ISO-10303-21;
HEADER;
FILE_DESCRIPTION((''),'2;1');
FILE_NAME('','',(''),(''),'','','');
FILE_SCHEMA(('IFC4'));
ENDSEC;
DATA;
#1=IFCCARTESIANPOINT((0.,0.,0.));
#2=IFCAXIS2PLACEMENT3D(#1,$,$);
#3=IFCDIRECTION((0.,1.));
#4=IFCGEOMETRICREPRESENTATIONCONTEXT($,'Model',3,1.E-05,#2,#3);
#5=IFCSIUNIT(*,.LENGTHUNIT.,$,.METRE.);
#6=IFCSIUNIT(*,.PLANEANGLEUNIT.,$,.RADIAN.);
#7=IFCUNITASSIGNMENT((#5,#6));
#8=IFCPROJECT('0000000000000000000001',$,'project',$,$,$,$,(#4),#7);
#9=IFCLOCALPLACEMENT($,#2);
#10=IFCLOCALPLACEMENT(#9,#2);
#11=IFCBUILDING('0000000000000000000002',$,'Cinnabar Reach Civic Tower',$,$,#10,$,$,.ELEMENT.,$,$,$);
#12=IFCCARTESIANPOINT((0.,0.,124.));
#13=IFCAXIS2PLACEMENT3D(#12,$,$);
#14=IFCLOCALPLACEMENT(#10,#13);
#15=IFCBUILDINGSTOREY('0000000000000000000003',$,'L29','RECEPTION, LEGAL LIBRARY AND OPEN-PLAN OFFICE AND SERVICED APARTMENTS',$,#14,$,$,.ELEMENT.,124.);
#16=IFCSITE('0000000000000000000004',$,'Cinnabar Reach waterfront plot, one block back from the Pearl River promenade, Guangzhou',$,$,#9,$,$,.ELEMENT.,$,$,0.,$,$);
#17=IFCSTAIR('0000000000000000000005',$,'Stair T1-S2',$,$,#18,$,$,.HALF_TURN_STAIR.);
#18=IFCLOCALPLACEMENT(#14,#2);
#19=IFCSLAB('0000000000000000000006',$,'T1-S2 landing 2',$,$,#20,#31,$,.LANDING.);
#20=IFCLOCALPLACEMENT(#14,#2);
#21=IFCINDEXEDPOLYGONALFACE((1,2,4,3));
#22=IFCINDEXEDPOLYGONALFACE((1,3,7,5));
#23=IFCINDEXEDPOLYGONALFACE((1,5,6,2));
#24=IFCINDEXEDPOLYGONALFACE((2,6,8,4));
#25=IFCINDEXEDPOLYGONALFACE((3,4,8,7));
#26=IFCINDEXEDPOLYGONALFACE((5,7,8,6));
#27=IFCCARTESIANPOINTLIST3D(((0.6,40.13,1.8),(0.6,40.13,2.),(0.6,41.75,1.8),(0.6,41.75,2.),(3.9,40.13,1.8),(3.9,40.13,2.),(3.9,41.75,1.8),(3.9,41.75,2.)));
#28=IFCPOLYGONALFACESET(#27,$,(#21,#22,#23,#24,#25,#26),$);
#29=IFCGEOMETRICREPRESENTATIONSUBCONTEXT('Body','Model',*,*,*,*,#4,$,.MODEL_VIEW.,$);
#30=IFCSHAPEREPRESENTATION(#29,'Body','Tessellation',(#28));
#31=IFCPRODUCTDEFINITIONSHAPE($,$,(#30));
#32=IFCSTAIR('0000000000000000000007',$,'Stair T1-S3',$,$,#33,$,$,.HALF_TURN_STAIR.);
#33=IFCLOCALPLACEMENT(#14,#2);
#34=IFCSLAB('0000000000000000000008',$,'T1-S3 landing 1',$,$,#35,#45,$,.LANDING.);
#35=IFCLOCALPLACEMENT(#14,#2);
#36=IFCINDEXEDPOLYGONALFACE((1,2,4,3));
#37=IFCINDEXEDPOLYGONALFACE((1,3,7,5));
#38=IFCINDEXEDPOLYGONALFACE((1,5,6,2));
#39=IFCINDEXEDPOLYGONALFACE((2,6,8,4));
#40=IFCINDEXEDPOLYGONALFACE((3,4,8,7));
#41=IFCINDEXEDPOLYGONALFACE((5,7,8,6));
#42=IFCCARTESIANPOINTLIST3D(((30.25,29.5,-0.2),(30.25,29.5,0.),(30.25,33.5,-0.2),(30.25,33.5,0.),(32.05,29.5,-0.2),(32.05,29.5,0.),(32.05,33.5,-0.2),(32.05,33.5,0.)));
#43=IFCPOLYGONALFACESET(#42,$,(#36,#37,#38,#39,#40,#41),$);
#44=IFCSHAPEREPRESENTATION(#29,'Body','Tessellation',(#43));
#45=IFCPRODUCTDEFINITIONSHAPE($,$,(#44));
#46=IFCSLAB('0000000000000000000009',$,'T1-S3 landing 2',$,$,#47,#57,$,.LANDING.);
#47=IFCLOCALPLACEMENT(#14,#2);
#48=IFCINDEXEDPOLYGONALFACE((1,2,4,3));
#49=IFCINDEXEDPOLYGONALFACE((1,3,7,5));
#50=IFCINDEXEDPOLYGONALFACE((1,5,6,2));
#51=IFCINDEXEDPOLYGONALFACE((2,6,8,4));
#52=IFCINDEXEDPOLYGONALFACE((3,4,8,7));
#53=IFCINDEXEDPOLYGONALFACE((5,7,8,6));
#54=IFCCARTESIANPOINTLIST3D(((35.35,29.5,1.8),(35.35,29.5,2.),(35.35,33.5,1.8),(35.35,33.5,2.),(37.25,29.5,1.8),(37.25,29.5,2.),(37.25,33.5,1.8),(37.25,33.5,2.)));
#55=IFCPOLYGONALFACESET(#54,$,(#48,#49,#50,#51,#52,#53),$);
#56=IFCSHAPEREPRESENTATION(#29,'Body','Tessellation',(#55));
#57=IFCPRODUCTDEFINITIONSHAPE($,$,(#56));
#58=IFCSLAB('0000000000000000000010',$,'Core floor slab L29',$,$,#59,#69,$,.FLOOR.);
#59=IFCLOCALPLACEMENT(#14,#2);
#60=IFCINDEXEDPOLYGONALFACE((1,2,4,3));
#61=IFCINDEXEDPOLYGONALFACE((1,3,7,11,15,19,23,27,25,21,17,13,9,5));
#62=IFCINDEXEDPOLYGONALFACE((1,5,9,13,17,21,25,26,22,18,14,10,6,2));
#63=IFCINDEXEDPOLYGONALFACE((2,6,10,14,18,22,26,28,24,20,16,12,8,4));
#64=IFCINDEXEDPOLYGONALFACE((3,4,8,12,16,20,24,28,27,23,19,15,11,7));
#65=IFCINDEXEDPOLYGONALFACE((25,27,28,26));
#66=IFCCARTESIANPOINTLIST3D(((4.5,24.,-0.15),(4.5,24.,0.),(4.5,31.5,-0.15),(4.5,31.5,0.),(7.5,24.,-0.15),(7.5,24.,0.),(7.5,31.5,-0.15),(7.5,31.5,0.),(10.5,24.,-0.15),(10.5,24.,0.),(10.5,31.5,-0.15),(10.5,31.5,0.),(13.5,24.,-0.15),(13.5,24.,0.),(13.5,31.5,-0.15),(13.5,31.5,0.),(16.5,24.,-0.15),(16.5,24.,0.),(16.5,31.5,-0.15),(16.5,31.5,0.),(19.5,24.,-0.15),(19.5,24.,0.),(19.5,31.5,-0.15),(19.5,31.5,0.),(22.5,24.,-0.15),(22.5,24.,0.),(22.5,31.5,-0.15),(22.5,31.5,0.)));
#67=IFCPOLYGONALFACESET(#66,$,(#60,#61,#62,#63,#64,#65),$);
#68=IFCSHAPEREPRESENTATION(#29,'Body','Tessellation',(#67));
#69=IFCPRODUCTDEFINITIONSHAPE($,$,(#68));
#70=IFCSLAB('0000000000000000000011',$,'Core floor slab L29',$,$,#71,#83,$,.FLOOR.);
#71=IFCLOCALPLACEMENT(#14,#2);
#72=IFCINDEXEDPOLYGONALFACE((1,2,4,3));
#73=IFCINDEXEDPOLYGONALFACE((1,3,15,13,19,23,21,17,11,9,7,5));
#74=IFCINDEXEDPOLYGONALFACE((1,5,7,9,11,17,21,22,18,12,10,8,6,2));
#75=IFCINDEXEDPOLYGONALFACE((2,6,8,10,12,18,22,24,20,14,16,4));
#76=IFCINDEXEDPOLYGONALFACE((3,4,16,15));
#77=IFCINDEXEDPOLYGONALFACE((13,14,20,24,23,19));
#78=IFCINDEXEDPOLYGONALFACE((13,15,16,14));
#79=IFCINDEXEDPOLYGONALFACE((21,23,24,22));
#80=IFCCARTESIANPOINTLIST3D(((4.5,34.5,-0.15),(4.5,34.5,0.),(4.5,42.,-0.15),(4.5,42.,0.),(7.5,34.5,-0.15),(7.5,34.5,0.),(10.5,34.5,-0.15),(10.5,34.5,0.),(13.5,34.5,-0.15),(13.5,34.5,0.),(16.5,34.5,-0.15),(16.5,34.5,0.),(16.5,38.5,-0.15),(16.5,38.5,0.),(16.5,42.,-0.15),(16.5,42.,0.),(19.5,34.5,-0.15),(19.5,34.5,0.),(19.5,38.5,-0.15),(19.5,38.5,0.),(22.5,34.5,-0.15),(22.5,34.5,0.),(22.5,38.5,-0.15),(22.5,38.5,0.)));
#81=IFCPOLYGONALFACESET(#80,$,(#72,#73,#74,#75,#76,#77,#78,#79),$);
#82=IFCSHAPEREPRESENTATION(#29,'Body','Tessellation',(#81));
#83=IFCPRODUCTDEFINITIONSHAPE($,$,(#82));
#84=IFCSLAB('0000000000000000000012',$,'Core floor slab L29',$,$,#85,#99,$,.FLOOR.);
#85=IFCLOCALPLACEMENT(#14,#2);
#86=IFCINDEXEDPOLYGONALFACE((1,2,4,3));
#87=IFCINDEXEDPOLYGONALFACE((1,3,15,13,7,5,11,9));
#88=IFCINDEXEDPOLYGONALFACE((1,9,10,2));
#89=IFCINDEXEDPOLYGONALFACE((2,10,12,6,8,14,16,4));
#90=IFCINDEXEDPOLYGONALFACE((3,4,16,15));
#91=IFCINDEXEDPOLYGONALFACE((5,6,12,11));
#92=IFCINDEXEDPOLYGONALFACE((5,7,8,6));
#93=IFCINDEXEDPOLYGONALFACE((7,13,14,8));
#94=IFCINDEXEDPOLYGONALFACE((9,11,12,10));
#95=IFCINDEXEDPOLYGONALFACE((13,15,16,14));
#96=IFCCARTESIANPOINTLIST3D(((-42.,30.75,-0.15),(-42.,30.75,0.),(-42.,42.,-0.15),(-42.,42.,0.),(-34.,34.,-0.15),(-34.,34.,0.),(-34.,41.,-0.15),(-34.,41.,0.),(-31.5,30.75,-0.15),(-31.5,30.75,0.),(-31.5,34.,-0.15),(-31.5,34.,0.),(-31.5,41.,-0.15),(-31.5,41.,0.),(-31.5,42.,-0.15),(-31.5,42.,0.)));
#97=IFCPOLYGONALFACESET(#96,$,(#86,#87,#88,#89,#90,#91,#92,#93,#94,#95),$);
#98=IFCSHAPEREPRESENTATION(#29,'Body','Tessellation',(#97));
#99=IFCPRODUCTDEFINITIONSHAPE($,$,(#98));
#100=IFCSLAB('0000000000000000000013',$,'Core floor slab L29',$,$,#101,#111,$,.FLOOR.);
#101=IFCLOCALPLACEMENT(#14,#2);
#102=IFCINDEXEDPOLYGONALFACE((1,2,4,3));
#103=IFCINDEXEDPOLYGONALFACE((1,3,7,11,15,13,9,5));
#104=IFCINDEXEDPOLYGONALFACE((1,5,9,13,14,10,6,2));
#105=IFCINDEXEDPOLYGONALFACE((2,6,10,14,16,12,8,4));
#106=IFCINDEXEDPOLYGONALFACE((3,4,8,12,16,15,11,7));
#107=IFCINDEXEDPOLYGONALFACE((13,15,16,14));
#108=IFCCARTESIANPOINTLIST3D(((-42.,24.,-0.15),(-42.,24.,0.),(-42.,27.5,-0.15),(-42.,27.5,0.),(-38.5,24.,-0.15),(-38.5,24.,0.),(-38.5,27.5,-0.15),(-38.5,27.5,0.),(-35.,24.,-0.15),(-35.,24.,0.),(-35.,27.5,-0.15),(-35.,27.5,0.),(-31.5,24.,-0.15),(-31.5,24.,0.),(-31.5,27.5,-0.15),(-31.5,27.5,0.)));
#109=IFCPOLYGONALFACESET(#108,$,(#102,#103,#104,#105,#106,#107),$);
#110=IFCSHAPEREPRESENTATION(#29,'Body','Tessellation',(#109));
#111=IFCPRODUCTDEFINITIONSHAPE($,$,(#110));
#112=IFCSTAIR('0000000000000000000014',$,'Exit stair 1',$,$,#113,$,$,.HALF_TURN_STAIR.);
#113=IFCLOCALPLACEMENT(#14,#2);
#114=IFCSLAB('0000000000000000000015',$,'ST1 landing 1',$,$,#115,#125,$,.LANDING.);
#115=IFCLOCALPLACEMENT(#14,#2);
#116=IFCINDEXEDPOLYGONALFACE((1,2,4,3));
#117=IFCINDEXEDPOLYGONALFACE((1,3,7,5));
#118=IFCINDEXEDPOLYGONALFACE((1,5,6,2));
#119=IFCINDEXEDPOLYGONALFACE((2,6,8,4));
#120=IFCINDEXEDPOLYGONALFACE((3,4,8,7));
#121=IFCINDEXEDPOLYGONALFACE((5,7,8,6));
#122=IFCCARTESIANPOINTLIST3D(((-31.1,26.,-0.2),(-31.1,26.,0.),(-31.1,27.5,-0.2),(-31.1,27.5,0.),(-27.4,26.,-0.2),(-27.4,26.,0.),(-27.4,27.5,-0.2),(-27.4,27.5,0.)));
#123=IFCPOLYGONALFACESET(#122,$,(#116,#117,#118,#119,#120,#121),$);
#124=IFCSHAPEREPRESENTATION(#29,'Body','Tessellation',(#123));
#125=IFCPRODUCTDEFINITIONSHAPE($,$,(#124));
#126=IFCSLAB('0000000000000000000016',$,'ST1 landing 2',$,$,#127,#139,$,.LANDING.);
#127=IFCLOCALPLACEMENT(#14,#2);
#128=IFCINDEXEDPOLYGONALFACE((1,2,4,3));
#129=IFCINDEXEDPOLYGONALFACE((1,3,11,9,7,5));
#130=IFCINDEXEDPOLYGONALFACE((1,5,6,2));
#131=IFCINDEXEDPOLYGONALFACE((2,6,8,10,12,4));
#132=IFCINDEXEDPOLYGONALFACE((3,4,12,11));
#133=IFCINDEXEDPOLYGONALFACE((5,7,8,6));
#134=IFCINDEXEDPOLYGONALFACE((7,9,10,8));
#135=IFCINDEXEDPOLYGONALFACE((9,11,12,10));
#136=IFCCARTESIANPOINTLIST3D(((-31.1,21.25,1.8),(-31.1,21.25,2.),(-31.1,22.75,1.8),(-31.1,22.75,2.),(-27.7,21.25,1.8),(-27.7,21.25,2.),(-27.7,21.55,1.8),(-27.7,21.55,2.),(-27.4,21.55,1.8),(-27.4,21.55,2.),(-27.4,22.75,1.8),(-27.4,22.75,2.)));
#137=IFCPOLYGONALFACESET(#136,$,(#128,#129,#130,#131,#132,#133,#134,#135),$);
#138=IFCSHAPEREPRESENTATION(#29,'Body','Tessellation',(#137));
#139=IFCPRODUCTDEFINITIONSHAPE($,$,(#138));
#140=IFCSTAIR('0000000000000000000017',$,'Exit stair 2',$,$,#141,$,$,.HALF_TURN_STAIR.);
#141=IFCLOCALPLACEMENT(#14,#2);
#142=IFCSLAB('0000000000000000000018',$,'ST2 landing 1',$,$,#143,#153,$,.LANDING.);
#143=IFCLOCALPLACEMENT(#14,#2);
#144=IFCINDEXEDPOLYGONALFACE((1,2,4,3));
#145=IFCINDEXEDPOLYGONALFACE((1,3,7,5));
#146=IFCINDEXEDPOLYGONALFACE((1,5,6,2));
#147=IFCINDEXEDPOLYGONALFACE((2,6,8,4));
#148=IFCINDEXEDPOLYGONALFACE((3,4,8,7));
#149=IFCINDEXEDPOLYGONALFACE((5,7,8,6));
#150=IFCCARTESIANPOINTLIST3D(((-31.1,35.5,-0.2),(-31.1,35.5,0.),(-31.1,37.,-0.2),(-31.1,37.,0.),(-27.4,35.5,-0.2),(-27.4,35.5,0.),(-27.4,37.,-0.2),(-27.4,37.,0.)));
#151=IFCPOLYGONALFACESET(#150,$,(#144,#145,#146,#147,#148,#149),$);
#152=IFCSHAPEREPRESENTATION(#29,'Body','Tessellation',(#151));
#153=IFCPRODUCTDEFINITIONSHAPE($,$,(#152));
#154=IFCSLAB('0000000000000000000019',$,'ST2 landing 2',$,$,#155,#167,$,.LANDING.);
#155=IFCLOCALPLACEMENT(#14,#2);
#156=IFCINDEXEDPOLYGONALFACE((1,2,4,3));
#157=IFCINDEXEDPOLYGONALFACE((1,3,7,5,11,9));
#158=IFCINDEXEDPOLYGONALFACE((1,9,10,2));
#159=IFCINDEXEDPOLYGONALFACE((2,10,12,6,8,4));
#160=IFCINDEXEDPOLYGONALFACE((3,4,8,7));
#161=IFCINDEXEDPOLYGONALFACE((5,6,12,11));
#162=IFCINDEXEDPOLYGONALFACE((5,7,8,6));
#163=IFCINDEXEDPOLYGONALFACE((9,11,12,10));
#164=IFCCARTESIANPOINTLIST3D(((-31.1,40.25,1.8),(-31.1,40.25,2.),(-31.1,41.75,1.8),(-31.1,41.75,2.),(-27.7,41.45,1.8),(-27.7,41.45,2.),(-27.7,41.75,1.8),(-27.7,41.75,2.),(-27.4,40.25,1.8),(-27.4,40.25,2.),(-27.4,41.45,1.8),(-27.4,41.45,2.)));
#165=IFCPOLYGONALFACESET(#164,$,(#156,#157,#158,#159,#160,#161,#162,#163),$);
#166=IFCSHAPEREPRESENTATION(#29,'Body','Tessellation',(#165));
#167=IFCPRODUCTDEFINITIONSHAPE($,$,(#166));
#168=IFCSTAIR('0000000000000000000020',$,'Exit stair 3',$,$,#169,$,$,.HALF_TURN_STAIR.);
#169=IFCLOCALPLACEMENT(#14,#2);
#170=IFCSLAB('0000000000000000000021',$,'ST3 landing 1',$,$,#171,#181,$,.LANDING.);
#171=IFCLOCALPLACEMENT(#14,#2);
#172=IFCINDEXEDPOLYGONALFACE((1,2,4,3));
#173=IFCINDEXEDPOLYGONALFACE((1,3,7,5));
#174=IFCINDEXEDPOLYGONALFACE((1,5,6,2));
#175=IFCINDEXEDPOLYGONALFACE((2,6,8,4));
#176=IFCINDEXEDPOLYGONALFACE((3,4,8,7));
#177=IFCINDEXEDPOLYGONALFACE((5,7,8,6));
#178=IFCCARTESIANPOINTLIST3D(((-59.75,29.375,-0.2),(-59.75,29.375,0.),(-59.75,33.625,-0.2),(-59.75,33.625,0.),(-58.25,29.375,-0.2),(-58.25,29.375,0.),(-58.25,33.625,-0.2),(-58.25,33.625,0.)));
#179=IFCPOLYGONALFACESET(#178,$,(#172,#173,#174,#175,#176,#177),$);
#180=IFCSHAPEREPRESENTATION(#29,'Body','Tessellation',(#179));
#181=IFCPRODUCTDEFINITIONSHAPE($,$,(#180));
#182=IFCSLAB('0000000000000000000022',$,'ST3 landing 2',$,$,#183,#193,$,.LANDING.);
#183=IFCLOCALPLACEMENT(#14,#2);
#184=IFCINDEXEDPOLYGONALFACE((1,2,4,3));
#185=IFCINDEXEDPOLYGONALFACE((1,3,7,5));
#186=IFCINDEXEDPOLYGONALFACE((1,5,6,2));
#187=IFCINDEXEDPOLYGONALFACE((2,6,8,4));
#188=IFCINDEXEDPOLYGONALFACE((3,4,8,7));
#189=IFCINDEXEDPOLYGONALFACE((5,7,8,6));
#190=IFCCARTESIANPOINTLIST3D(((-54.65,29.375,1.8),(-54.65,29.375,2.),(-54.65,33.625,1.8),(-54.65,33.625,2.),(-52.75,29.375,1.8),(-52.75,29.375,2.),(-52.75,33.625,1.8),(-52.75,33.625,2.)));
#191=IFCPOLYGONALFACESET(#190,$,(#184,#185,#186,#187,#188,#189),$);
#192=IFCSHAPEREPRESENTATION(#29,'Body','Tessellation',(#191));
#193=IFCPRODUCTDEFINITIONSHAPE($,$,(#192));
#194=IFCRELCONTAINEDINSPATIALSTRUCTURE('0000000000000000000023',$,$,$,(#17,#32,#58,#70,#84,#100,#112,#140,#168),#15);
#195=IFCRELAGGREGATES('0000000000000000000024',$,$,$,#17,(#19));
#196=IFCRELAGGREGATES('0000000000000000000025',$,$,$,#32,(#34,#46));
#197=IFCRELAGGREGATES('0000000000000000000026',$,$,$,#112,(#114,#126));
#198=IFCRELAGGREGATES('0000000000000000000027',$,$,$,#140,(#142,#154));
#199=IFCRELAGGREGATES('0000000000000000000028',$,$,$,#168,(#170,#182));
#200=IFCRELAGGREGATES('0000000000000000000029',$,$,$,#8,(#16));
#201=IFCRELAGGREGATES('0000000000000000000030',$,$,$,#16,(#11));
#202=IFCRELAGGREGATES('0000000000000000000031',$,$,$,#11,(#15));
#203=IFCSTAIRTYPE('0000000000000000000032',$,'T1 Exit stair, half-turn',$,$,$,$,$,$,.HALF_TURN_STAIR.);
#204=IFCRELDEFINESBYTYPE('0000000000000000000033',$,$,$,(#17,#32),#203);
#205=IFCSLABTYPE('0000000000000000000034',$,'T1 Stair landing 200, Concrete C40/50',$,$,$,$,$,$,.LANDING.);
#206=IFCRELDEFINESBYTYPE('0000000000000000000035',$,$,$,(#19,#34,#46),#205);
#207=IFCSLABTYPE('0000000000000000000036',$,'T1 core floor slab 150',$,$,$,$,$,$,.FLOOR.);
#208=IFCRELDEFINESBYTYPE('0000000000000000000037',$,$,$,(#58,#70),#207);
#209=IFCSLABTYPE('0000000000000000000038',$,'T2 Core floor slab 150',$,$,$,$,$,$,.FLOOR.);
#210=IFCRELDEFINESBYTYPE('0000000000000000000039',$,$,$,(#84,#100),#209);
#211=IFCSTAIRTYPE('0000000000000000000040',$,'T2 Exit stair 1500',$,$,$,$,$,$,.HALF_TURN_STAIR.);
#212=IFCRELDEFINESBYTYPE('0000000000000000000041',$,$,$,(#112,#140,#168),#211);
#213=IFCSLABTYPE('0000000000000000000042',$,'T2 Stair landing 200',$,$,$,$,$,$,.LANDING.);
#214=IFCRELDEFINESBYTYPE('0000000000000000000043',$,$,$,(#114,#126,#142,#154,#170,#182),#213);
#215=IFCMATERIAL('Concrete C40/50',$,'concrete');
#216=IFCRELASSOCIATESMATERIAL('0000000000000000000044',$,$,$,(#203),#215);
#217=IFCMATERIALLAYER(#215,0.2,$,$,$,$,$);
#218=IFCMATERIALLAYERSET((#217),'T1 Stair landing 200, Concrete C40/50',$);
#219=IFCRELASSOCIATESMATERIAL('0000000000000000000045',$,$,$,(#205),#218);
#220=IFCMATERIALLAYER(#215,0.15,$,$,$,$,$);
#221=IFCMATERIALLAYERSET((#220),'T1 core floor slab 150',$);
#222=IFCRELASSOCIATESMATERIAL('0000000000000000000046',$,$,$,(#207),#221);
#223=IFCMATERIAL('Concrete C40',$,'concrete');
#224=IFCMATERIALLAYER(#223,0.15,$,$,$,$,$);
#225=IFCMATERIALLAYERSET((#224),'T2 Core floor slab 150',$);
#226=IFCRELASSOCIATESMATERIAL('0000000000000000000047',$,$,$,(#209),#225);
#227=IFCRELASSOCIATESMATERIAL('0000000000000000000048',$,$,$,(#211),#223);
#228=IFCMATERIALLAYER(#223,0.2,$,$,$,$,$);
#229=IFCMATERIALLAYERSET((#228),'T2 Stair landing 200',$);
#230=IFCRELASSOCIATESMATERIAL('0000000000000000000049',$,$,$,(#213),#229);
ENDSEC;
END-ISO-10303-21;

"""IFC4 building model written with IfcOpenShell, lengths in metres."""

from ifc_helpers import new_model, si_unit, direction, frame, origin, place, context, subcontext, project, spatial, polyline, outline, extrude, material, layer, layer_set, type_object, element, aggregate, save


model = new_model("IFC4")

# Units and contexts
model_context = context("Model", 3, precision=1e-05, world=origin(), true_north=direction((0.0, 1.0)))
body_context = subcontext(model_context, "Body", "Model", "MODEL_VIEW")
ifc_project = project(units=[si_unit("LENGTHUNIT", "METRE"), si_unit("PLANEANGLEUNIT", "RADIAN")], contexts=[model_context])

# Site, building, storey
site_placement = place(None, origin())
site = spatial("IfcSite", under=ifc_project, at=site_placement, Name="Cinnabar Reach waterfront plot, one block back from the Pearl River promenade, Guangzhou", CompositionType="ELEMENT", RefElevation=0.0)
building_placement = place(site_placement, origin())
building = spatial("IfcBuilding", under=site, at=building_placement, Name="Cinnabar Reach Civic Tower", CompositionType="ELEMENT")
storey_placement = place(building_placement, frame((0.0, 0.0, 124.0)))
storey = spatial("IfcBuildingStorey", under=building, at=storey_placement, Name="L29", Description="RECEPTION, LEGAL LIBRARY AND OPEN-PLAN OFFICE AND SERVICED APARTMENTS", CompositionType="ELEMENT", Elevation=124.0)

# Shared definitions
ifc_material_1 = material(Name="Concrete C40", Category="concrete")

# Stairs, slabs
ifc_material_2 = material(Name="Concrete C40/50", Category="concrete")
stair_type_1 = type_object("IfcStairType", Name="T1 Exit stair, half-turn", PredefinedType="HALF_TURN_STAIR", material=ifc_material_2)
ifc_layer_1 = layer(ifc_material_2, 0.2)
ifc_layer_set_1 = layer_set([ifc_layer_1], Name="T1 Stair landing 200, Concrete C40/50")
slab_type_1 = type_object("IfcSlabType", Name="T1 Stair landing 200, Concrete C40/50", PredefinedType="LANDING", material=ifc_layer_set_1)
stair_1_placement = place(storey_placement, origin())
stair_1 = element("IfcStair", 1, at=stair_1_placement, inside=storey, type_object=stair_type_1, Name="Stair T1-S2", PredefinedType="HALF_TURN_STAIR")
slab_1_placement = place(storey_placement, frame((0.0, 0.0, 1.8)))
slab_1 = element("IfcSlab", 2, at=slab_1_placement, type_object=slab_type_1, Name="T1-S2 landing 2", PredefinedType="LANDING", context=body_context, shape_type="SweptSolid", body=[
    extrude(outline(polyline([(0.6, 40.13), (0.6, 41.75), (3.9, 41.75), (3.9, 40.13), (0.6, 40.13)])), origin(), (0.0, 0.0, 1.0), 0.2),
])
aggregate(stair_1, [slab_1])
stair_2_placement = place(storey_placement, origin())
stair_2 = element("IfcStair", 3, at=stair_2_placement, inside=storey, type_object=stair_type_1, Name="Stair T1-S3", PredefinedType="HALF_TURN_STAIR")
slab_2_placement = place(storey_placement, frame((0.0, 0.0, -0.2)))
slab_2 = element("IfcSlab", 4, at=slab_2_placement, type_object=slab_type_1, Name="T1-S3 landing 1", PredefinedType="LANDING", context=body_context, shape_type="SweptSolid", body=[
    extrude(outline(polyline([(30.25, 29.5), (32.05, 29.5), (32.05, 33.5), (30.25, 33.5), (30.25, 29.5)])), origin(), (0.0, 0.0, 1.0), 0.2),
])
slab_3_placement = place(storey_placement, frame((0.0, 0.0, 1.8)))
slab_3 = element("IfcSlab", 5, at=slab_3_placement, type_object=slab_type_1, Name="T1-S3 landing 2", PredefinedType="LANDING", context=body_context, shape_type="SweptSolid", body=[
    extrude(outline(polyline([(35.35, 29.5), (37.25, 29.5), (37.25, 33.5), (35.35, 33.5), (35.35, 29.5)])), origin(), (0.0, 0.0, 1.0), 0.2),
])
aggregate(stair_2, [slab_2, slab_3])

# Slabs
ifc_layer_2 = layer(ifc_material_2, 0.15)
ifc_layer_set_2 = layer_set([ifc_layer_2], Name="T1 core floor slab 150")
slab_type_2 = type_object("IfcSlabType", Name="T1 core floor slab 150", PredefinedType="FLOOR", material=ifc_layer_set_2)
slab_4_placement = place(storey_placement, frame((0.0, 0.0, -0.15)))
element("IfcSlab", 6, at=slab_4_placement, inside=storey, type_object=slab_type_2, Name="Core floor slab L29", PredefinedType="FLOOR", context=body_context, shape_type="SweptSolid", body=[
    extrude(outline(polyline([(22.5, 24.0), (19.5, 24.0), (16.5, 24.0), (13.5, 24.0), (10.5, 24.0), (7.5, 24.0), (4.5, 24.0), (4.5, 31.5), (7.5, 31.5), (10.5, 31.5), (13.5, 31.5), (16.5, 31.5), (19.5, 31.5), (22.5, 31.5), (22.5, 24.0)])), origin(), (0.0, 0.0, 1.0), 0.15),
])
slab_5_placement = place(storey_placement, frame((0.0, 0.0, -0.15)))
element("IfcSlab", 7, at=slab_5_placement, inside=storey, type_object=slab_type_2, Name="Core floor slab L29", PredefinedType="FLOOR", context=body_context, shape_type="SweptSolid", body=[
    extrude(outline(polyline([(22.5, 34.5), (19.5, 34.5), (16.5, 34.5), (13.5, 34.5), (10.5, 34.5), (7.5, 34.5), (4.5, 34.5), (4.5, 42.0), (16.5, 42.0), (16.5, 38.5), (19.5, 38.5), (22.5, 38.5), (22.5, 34.5)])), origin(), (0.0, 0.0, 1.0), 0.15),
])
ifc_layer_3 = layer(ifc_material_1, 0.15)
ifc_layer_set_3 = layer_set([ifc_layer_3], Name="T2 Core floor slab 150")
slab_type_3 = type_object("IfcSlabType", Name="T2 Core floor slab 150", PredefinedType="FLOOR", material=ifc_layer_set_3)
slab_6_placement = place(storey_placement, frame((0.0, 0.0, -0.15)))
element("IfcSlab", 8, at=slab_6_placement, inside=storey, type_object=slab_type_3, Name="Core floor slab L29", PredefinedType="FLOOR", context=body_context, shape_type="SweptSolid", body=[
    extrude(outline(polyline([(-42.0, 42.0), (-31.5, 42.0), (-31.5, 41.0), (-34.0, 41.0), (-34.0, 34.0), (-31.5, 34.0), (-31.5, 30.75), (-42.0, 30.75), (-42.0, 42.0)])), origin(), (0.0, 0.0, 1.0), 0.15),
])
slab_7_placement = place(storey_placement, frame((0.0, 0.0, -0.15)))
element("IfcSlab", 9, at=slab_7_placement, inside=storey, type_object=slab_type_3, Name="Core floor slab L29", PredefinedType="FLOOR", context=body_context, shape_type="SweptSolid", body=[
    extrude(outline(polyline([(-35.0, 24.0), (-38.5, 24.0), (-42.0, 24.0), (-42.0, 27.5), (-38.5, 27.5), (-35.0, 27.5), (-31.5, 27.5), (-31.5, 24.0), (-35.0, 24.0)])), origin(), (0.0, 0.0, 1.0), 0.15),
])

# Stairs, slabs
stair_type_2 = type_object("IfcStairType", Name="T2 Exit stair 1500", PredefinedType="HALF_TURN_STAIR", material=ifc_material_1)
stair_3_placement = place(storey_placement, origin())
stair_3 = element("IfcStair", 10, at=stair_3_placement, inside=storey, type_object=stair_type_2, Name="Exit stair 1", PredefinedType="HALF_TURN_STAIR")
ifc_layer_4 = layer(ifc_material_1, 0.2)
ifc_layer_set_4 = layer_set([ifc_layer_4], Name="T2 Stair landing 200")
slab_type_4 = type_object("IfcSlabType", Name="T2 Stair landing 200", PredefinedType="LANDING", material=ifc_layer_set_4)
slab_8_placement = place(storey_placement, frame((0.0, 0.0, -0.2)))
slab_8 = element("IfcSlab", 11, at=slab_8_placement, type_object=slab_type_4, Name="ST1 landing 1", PredefinedType="LANDING", context=body_context, shape_type="SweptSolid", body=[
    extrude(outline(polyline([(-31.1, 26.0), (-31.1, 27.5), (-27.4, 27.5), (-27.4, 26.0), (-31.1, 26.0)])), origin(), (0.0, 0.0, 1.0), 0.2),
])
slab_9_placement = place(storey_placement, frame((0.0, 0.0, 1.8)))
slab_9 = element("IfcSlab", 12, at=slab_9_placement, type_object=slab_type_4, Name="ST1 landing 2", PredefinedType="LANDING", context=body_context, shape_type="SweptSolid", body=[
    extrude(outline(polyline([(-31.1, 21.25), (-31.1, 22.75), (-27.4, 22.75), (-27.4, 21.55), (-27.7, 21.55), (-27.7, 21.25), (-31.1, 21.25)])), origin(), (0.0, 0.0, 1.0), 0.2),
])
aggregate(stair_3, [slab_8, slab_9])
stair_4_placement = place(storey_placement, origin())
stair_4 = element("IfcStair", 13, at=stair_4_placement, inside=storey, type_object=stair_type_2, Name="Exit stair 2", PredefinedType="HALF_TURN_STAIR")
slab_10_placement = place(storey_placement, frame((0.0, 0.0, -0.2)))
slab_10 = element("IfcSlab", 14, at=slab_10_placement, type_object=slab_type_4, Name="ST2 landing 1", PredefinedType="LANDING", context=body_context, shape_type="SweptSolid", body=[
    extrude(outline(polyline([(-31.1, 35.5), (-31.1, 37.0), (-27.4, 37.0), (-27.4, 35.5), (-31.1, 35.5)])), origin(), (0.0, 0.0, 1.0), 0.2),
])
slab_11_placement = place(storey_placement, frame((0.0, 0.0, 1.8)))
slab_11 = element("IfcSlab", 15, at=slab_11_placement, type_object=slab_type_4, Name="ST2 landing 2", PredefinedType="LANDING", context=body_context, shape_type="SweptSolid", body=[
    extrude(outline(polyline([(-27.4, 40.25), (-31.1, 40.25), (-31.1, 41.75), (-27.7, 41.75), (-27.7, 41.45), (-27.4, 41.45), (-27.4, 40.25)])), origin(), (0.0, 0.0, 1.0), 0.2),
])
aggregate(stair_4, [slab_10, slab_11])
stair_5_placement = place(storey_placement, origin())
stair_5 = element("IfcStair", 16, at=stair_5_placement, inside=storey, type_object=stair_type_2, Name="Exit stair 3", PredefinedType="HALF_TURN_STAIR")
slab_12_placement = place(storey_placement, frame((0.0, 0.0, -0.2)))
slab_12 = element("IfcSlab", 17, at=slab_12_placement, type_object=slab_type_4, Name="ST3 landing 1", PredefinedType="LANDING", context=body_context, shape_type="SweptSolid", body=[
    extrude(outline(polyline([(-59.75, 29.375), (-59.75, 33.625), (-58.25, 33.625), (-58.25, 29.375), (-59.75, 29.375)])), origin(), (0.0, 0.0, 1.0), 0.2),
])
slab_13_placement = place(storey_placement, frame((0.0, 0.0, 1.8)))
slab_13 = element("IfcSlab", 18, at=slab_13_placement, type_object=slab_type_4, Name="ST3 landing 2", PredefinedType="LANDING", context=body_context, shape_type="SweptSolid", body=[
    extrude(outline(polyline([(-54.65, 29.375), (-54.65, 33.625), (-52.75, 33.625), (-52.75, 29.375), (-54.65, 29.375)])), origin(), (0.0, 0.0, 1.0), 0.2),
])
aggregate(stair_5, [slab_12, slab_13])

save(model, "model.ifc")
